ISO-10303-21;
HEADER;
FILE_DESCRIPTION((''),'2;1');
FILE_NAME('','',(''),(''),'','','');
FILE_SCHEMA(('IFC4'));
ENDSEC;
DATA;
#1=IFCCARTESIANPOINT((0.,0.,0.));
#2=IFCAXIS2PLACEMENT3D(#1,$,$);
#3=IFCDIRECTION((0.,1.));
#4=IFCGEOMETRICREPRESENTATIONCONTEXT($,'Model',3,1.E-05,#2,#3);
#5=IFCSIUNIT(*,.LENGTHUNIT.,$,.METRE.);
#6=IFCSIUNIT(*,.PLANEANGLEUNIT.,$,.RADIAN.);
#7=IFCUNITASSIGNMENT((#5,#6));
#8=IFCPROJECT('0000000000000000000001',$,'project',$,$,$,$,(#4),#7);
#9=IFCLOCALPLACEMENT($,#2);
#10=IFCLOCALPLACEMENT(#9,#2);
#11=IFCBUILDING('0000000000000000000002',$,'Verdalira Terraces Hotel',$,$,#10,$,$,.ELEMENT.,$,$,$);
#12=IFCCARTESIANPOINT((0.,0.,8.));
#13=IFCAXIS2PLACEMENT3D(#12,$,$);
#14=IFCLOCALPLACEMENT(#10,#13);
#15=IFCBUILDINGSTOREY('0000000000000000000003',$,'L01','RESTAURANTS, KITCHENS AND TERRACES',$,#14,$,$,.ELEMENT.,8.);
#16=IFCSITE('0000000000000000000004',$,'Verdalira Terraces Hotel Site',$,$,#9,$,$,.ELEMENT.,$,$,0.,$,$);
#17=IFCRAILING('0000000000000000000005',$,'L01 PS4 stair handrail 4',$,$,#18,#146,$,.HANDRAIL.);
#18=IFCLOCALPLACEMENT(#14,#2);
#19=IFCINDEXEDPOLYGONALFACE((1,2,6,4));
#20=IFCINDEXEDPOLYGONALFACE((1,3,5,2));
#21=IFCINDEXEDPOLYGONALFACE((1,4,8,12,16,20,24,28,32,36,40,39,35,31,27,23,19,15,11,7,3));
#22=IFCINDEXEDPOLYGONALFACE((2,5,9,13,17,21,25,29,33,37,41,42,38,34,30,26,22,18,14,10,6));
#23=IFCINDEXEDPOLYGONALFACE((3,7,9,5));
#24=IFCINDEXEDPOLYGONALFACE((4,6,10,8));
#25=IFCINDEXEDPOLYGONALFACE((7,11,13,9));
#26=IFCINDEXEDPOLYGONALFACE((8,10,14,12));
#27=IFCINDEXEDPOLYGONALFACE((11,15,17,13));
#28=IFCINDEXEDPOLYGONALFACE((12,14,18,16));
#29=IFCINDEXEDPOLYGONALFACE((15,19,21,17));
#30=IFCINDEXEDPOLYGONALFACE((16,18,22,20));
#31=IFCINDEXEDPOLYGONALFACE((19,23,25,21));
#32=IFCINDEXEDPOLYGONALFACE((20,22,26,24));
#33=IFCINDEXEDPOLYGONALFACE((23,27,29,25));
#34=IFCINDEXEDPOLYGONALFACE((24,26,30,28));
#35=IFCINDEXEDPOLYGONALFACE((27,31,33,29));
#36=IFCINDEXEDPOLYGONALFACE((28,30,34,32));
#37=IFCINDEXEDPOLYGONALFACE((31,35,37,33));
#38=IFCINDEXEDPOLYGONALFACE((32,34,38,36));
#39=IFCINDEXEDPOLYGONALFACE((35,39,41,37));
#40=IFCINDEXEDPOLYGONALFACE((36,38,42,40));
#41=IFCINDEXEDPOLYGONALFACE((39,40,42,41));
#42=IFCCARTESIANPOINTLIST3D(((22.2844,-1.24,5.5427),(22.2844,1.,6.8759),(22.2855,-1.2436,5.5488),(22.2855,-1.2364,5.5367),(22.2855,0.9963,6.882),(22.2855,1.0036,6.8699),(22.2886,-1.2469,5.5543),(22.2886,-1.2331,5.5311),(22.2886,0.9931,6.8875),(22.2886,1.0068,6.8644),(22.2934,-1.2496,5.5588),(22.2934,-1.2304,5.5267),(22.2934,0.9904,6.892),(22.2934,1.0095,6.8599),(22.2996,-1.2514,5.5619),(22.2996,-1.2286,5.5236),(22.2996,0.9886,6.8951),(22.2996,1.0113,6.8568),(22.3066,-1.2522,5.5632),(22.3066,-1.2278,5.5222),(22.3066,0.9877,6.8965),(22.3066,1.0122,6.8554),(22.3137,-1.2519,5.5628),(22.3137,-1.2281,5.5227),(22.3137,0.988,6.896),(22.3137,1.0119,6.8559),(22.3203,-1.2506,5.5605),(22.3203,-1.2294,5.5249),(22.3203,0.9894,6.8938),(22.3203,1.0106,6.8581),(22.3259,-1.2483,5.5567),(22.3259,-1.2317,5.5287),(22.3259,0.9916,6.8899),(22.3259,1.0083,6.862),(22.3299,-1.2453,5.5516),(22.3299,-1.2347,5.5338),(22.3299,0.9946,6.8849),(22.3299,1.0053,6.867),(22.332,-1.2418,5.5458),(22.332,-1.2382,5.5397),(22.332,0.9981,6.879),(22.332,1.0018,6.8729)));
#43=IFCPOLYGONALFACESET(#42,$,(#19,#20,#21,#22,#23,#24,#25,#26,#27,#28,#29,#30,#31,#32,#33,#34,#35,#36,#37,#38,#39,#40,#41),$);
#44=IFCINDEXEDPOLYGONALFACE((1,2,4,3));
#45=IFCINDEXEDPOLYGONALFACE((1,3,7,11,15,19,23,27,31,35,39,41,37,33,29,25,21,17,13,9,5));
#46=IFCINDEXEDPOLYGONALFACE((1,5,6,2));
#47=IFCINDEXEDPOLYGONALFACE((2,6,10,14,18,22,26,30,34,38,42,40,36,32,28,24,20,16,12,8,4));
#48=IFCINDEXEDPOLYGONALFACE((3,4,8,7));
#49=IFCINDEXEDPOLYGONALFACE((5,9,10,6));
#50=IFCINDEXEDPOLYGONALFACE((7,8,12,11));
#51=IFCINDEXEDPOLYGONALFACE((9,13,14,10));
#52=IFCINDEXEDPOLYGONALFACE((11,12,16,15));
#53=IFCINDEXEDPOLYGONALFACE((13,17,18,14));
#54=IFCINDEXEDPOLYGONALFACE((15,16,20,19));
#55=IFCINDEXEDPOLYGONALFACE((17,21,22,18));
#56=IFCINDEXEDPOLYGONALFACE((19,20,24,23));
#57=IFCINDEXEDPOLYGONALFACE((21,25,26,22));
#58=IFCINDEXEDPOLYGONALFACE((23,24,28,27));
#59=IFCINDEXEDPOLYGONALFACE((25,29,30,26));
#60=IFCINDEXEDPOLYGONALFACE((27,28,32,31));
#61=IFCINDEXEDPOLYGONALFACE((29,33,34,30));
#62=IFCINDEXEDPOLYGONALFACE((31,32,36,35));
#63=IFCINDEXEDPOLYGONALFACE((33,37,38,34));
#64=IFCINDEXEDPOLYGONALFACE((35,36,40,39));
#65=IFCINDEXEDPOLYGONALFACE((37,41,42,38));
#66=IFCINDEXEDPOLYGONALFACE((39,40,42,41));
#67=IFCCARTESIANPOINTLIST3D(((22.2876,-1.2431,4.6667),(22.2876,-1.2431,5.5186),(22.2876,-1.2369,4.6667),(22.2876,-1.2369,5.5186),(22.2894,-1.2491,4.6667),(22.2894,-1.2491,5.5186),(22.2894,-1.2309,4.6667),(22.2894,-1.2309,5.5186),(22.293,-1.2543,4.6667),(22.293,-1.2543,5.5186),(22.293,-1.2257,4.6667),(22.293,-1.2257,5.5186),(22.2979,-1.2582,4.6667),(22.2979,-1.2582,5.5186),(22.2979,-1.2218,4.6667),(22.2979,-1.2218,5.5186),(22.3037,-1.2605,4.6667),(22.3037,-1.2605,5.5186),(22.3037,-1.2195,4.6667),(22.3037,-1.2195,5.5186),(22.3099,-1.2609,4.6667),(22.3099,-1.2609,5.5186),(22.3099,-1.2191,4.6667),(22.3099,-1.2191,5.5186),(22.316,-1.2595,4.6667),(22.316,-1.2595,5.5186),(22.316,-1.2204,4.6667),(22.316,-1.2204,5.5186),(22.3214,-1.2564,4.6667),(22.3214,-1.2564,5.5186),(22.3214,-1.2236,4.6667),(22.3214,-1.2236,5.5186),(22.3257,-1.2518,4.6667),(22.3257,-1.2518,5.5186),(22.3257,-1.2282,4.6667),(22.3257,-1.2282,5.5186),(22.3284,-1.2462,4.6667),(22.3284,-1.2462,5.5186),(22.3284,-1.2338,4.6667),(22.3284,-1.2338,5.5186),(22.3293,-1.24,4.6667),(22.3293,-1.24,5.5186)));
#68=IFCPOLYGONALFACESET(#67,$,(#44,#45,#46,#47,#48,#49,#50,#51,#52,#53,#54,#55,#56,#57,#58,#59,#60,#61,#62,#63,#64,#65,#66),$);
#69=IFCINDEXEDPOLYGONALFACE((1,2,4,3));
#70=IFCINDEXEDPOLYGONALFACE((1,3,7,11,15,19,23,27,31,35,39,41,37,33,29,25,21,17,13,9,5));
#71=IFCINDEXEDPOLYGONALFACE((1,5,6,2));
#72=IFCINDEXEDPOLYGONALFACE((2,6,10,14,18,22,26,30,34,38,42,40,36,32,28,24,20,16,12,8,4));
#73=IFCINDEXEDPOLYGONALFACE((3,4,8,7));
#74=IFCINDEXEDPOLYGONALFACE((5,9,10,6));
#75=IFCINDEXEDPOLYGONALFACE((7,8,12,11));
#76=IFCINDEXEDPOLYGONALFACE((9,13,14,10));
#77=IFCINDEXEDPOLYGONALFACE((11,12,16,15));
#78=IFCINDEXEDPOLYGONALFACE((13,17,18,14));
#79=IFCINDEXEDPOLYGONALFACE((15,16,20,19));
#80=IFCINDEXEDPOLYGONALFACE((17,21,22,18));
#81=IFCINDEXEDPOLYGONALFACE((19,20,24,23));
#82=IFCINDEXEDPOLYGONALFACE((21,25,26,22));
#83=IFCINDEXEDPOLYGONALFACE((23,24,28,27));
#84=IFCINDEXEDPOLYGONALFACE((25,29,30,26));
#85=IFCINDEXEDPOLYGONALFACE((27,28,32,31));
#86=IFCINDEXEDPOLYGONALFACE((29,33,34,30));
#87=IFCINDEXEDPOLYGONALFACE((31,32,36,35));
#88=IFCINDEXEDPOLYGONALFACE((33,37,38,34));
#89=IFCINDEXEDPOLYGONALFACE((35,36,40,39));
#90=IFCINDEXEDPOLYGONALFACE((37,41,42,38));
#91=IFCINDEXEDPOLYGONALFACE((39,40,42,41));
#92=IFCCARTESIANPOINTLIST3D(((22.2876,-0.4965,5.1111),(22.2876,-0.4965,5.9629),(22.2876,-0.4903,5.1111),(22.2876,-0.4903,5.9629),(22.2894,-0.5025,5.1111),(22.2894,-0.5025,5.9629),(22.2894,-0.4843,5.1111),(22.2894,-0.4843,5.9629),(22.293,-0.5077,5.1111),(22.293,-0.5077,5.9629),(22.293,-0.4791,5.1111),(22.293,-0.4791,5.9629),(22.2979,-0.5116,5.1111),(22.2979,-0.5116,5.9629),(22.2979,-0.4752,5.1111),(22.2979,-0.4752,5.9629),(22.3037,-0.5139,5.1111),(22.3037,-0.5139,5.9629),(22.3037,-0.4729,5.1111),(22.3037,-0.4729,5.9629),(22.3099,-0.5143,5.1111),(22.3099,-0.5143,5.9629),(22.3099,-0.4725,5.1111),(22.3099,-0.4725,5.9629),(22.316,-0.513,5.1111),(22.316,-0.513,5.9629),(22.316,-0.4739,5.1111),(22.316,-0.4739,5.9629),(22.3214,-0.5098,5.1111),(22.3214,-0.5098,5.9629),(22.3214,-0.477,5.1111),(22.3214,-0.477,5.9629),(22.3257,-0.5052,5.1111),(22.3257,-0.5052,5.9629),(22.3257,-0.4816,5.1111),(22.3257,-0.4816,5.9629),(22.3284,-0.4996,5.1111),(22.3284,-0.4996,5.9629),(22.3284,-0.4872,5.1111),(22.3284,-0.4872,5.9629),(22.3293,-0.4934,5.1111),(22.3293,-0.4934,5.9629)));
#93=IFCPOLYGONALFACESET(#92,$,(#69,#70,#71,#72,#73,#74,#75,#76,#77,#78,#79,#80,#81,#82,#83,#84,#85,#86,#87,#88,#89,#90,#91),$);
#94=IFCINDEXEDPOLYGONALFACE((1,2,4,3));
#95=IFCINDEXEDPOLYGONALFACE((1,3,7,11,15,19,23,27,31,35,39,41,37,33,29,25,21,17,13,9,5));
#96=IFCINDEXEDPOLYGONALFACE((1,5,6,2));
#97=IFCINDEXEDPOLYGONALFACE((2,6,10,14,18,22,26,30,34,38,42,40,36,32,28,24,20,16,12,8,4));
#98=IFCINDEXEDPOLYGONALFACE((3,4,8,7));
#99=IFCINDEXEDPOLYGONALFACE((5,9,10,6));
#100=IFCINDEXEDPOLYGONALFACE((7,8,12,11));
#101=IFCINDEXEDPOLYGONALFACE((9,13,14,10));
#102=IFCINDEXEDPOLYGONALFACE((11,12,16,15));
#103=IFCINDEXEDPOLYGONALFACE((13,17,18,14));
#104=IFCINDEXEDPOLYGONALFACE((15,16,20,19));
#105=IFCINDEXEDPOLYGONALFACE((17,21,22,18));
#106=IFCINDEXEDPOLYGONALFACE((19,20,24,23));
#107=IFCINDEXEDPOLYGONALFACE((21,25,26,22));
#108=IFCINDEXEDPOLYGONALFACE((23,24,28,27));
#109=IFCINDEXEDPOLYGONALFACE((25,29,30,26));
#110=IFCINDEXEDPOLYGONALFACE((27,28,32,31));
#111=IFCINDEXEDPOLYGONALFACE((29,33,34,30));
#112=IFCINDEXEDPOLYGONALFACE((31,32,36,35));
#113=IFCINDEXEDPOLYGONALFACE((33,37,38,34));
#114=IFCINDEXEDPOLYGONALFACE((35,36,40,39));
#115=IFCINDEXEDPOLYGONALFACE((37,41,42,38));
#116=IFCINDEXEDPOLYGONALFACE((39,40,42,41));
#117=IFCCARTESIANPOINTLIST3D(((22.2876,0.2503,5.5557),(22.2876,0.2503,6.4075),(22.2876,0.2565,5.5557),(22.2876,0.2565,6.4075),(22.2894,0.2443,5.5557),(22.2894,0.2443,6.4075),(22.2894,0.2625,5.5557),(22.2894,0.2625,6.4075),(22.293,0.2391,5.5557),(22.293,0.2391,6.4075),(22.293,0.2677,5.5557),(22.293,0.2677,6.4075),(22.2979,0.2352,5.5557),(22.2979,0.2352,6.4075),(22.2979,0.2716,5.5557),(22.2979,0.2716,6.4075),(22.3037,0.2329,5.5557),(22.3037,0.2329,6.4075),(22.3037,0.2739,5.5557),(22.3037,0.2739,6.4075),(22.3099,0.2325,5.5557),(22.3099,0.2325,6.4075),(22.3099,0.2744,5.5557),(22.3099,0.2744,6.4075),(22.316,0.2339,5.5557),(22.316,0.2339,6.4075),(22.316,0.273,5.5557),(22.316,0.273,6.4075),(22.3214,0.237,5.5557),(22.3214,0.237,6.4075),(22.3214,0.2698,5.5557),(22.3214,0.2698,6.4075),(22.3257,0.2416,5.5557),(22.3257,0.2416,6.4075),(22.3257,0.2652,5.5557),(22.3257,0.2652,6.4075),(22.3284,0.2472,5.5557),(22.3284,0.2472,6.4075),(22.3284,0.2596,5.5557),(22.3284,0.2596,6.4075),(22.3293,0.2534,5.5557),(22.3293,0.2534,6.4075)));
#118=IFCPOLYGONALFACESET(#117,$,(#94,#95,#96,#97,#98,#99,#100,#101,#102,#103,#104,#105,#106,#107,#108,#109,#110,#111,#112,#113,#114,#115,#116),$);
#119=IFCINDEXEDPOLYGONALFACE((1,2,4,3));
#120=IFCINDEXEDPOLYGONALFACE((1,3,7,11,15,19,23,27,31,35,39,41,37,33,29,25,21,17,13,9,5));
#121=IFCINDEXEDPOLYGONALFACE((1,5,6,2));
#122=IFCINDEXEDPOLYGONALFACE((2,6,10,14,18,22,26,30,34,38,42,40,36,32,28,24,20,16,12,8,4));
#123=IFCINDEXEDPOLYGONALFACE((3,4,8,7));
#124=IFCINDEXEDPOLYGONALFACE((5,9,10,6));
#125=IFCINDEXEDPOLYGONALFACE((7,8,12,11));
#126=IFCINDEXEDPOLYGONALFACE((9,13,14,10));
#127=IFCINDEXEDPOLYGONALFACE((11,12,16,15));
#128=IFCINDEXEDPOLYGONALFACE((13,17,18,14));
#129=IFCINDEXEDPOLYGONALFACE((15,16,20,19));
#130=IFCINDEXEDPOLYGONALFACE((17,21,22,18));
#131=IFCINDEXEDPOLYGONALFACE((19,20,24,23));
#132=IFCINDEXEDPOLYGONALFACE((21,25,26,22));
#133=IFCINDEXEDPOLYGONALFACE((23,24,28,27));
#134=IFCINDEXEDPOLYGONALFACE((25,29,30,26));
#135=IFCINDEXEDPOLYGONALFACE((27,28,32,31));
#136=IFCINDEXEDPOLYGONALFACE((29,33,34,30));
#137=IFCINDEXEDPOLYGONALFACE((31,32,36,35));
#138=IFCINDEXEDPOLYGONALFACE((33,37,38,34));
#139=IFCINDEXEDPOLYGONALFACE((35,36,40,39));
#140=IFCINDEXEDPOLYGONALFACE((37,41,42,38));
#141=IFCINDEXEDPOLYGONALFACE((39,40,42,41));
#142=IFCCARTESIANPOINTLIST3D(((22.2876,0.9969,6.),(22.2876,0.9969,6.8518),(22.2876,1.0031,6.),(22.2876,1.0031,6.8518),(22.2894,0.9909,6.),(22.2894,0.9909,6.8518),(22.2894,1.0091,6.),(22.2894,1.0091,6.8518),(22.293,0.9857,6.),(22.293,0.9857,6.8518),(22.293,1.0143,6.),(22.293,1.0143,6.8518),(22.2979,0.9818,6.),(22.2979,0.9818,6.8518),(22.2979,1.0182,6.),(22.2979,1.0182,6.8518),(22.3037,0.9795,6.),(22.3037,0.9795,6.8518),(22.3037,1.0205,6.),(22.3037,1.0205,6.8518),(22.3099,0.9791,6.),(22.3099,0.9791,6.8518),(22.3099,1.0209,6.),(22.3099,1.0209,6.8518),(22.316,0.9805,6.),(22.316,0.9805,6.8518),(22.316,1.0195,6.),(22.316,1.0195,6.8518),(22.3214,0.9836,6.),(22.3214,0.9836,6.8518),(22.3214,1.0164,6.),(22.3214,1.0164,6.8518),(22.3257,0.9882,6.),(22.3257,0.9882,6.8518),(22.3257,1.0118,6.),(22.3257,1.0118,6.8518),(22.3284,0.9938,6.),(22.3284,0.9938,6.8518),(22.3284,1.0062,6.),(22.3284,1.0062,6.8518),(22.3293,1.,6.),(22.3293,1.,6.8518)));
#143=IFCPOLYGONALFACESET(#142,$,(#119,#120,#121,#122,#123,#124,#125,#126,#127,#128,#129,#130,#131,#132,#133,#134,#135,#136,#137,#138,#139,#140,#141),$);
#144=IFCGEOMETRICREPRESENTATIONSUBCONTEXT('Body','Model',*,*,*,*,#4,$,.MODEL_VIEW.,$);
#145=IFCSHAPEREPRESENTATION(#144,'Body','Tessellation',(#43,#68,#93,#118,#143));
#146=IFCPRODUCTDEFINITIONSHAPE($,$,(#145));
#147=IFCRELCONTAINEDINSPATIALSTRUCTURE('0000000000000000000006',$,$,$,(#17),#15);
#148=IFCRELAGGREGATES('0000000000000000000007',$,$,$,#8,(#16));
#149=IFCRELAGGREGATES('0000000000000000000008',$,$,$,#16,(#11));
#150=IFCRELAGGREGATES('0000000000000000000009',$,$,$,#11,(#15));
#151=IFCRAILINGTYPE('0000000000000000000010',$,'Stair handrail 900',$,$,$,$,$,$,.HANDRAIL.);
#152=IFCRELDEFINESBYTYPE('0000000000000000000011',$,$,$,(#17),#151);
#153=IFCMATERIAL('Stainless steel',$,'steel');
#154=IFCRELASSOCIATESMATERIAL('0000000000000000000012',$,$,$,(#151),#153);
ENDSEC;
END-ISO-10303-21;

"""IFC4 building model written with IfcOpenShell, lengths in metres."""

from ifc_helpers import new_model, si_unit, direction, frame, origin, origin_2d, place, context, subcontext, project, spatial, circle, extrude, material, type_object, element, save


model = new_model("IFC4")

# Units and contexts
model_context = context("Model", 3, precision=1e-05, world=origin(), true_north=direction((0.0, 1.0)))
body_context = subcontext(model_context, "Body", "Model", "MODEL_VIEW")
ifc_project = project(units=[si_unit("LENGTHUNIT", "METRE"), si_unit("PLANEANGLEUNIT", "RADIAN")], contexts=[model_context])

# Site, building, storey
site_placement = place(None, origin())
site = spatial("IfcSite", under=ifc_project, at=site_placement, Name="Verdalira Terraces Hotel Site", CompositionType="ELEMENT", RefElevation=0.0)
building_placement = place(site_placement, origin())
building = spatial("IfcBuilding", under=site, at=building_placement, Name="Verdalira Terraces Hotel", CompositionType="ELEMENT")
storey_placement = place(building_placement, frame((0.0, 0.0, 8.0)))
storey = spatial("IfcBuildingStorey", under=building, at=storey_placement, Name="L01", Description="RESTAURANTS, KITCHENS AND TERRACES", CompositionType="ELEMENT", Elevation=8.0)

# Railing
ifc_material_1 = material(Name="Stainless steel", Category="steel")
railing_type = type_object("IfcRailingType", Name="Stair handrail 900", PredefinedType="HANDRAIL", material=ifc_material_1)
for number, where, name in (
    (1, (22.3084, -1.24, 4.6667), "L01 PS4 stair handrail 4"),
):
    element("IfcRailing", number, at=place(storey_placement, frame(where)), inside=storey, type_object=railing_type, Name=name, PredefinedType="HANDRAIL", context=body_context, shape_type="SweptSolid", body=[
        extrude(circle(Radius=0.0239, at=origin_2d()), frame((0.0, 0.0, 0.876), z_axis=(0.0, 0.859306, 0.511462), x_axis=(-1.0, 0.0, 0.0)), (0.0, 0.0, 1.0), 2.6067),
        extrude(circle(Radius=0.021, at=origin_2d()), origin(), (0.0, 0.0, 1.0), 0.8518),
        extrude(circle(Radius=0.021, at=origin_2d()), frame((0.0, 0.7466, 0.4443)), (0.0, 0.0, 1.0), 0.8518),
        extrude(circle(Radius=0.021, at=origin_2d()), frame((0.0, 1.4934, 0.8889)), (0.0, 0.0, 1.0), 0.8518),
        extrude(circle(Radius=0.021, at=origin_2d()), frame((0.0, 2.24, 1.3333)), (0.0, 0.0, 1.0), 0.8518),
    ])

save(model, "model.ifc")
